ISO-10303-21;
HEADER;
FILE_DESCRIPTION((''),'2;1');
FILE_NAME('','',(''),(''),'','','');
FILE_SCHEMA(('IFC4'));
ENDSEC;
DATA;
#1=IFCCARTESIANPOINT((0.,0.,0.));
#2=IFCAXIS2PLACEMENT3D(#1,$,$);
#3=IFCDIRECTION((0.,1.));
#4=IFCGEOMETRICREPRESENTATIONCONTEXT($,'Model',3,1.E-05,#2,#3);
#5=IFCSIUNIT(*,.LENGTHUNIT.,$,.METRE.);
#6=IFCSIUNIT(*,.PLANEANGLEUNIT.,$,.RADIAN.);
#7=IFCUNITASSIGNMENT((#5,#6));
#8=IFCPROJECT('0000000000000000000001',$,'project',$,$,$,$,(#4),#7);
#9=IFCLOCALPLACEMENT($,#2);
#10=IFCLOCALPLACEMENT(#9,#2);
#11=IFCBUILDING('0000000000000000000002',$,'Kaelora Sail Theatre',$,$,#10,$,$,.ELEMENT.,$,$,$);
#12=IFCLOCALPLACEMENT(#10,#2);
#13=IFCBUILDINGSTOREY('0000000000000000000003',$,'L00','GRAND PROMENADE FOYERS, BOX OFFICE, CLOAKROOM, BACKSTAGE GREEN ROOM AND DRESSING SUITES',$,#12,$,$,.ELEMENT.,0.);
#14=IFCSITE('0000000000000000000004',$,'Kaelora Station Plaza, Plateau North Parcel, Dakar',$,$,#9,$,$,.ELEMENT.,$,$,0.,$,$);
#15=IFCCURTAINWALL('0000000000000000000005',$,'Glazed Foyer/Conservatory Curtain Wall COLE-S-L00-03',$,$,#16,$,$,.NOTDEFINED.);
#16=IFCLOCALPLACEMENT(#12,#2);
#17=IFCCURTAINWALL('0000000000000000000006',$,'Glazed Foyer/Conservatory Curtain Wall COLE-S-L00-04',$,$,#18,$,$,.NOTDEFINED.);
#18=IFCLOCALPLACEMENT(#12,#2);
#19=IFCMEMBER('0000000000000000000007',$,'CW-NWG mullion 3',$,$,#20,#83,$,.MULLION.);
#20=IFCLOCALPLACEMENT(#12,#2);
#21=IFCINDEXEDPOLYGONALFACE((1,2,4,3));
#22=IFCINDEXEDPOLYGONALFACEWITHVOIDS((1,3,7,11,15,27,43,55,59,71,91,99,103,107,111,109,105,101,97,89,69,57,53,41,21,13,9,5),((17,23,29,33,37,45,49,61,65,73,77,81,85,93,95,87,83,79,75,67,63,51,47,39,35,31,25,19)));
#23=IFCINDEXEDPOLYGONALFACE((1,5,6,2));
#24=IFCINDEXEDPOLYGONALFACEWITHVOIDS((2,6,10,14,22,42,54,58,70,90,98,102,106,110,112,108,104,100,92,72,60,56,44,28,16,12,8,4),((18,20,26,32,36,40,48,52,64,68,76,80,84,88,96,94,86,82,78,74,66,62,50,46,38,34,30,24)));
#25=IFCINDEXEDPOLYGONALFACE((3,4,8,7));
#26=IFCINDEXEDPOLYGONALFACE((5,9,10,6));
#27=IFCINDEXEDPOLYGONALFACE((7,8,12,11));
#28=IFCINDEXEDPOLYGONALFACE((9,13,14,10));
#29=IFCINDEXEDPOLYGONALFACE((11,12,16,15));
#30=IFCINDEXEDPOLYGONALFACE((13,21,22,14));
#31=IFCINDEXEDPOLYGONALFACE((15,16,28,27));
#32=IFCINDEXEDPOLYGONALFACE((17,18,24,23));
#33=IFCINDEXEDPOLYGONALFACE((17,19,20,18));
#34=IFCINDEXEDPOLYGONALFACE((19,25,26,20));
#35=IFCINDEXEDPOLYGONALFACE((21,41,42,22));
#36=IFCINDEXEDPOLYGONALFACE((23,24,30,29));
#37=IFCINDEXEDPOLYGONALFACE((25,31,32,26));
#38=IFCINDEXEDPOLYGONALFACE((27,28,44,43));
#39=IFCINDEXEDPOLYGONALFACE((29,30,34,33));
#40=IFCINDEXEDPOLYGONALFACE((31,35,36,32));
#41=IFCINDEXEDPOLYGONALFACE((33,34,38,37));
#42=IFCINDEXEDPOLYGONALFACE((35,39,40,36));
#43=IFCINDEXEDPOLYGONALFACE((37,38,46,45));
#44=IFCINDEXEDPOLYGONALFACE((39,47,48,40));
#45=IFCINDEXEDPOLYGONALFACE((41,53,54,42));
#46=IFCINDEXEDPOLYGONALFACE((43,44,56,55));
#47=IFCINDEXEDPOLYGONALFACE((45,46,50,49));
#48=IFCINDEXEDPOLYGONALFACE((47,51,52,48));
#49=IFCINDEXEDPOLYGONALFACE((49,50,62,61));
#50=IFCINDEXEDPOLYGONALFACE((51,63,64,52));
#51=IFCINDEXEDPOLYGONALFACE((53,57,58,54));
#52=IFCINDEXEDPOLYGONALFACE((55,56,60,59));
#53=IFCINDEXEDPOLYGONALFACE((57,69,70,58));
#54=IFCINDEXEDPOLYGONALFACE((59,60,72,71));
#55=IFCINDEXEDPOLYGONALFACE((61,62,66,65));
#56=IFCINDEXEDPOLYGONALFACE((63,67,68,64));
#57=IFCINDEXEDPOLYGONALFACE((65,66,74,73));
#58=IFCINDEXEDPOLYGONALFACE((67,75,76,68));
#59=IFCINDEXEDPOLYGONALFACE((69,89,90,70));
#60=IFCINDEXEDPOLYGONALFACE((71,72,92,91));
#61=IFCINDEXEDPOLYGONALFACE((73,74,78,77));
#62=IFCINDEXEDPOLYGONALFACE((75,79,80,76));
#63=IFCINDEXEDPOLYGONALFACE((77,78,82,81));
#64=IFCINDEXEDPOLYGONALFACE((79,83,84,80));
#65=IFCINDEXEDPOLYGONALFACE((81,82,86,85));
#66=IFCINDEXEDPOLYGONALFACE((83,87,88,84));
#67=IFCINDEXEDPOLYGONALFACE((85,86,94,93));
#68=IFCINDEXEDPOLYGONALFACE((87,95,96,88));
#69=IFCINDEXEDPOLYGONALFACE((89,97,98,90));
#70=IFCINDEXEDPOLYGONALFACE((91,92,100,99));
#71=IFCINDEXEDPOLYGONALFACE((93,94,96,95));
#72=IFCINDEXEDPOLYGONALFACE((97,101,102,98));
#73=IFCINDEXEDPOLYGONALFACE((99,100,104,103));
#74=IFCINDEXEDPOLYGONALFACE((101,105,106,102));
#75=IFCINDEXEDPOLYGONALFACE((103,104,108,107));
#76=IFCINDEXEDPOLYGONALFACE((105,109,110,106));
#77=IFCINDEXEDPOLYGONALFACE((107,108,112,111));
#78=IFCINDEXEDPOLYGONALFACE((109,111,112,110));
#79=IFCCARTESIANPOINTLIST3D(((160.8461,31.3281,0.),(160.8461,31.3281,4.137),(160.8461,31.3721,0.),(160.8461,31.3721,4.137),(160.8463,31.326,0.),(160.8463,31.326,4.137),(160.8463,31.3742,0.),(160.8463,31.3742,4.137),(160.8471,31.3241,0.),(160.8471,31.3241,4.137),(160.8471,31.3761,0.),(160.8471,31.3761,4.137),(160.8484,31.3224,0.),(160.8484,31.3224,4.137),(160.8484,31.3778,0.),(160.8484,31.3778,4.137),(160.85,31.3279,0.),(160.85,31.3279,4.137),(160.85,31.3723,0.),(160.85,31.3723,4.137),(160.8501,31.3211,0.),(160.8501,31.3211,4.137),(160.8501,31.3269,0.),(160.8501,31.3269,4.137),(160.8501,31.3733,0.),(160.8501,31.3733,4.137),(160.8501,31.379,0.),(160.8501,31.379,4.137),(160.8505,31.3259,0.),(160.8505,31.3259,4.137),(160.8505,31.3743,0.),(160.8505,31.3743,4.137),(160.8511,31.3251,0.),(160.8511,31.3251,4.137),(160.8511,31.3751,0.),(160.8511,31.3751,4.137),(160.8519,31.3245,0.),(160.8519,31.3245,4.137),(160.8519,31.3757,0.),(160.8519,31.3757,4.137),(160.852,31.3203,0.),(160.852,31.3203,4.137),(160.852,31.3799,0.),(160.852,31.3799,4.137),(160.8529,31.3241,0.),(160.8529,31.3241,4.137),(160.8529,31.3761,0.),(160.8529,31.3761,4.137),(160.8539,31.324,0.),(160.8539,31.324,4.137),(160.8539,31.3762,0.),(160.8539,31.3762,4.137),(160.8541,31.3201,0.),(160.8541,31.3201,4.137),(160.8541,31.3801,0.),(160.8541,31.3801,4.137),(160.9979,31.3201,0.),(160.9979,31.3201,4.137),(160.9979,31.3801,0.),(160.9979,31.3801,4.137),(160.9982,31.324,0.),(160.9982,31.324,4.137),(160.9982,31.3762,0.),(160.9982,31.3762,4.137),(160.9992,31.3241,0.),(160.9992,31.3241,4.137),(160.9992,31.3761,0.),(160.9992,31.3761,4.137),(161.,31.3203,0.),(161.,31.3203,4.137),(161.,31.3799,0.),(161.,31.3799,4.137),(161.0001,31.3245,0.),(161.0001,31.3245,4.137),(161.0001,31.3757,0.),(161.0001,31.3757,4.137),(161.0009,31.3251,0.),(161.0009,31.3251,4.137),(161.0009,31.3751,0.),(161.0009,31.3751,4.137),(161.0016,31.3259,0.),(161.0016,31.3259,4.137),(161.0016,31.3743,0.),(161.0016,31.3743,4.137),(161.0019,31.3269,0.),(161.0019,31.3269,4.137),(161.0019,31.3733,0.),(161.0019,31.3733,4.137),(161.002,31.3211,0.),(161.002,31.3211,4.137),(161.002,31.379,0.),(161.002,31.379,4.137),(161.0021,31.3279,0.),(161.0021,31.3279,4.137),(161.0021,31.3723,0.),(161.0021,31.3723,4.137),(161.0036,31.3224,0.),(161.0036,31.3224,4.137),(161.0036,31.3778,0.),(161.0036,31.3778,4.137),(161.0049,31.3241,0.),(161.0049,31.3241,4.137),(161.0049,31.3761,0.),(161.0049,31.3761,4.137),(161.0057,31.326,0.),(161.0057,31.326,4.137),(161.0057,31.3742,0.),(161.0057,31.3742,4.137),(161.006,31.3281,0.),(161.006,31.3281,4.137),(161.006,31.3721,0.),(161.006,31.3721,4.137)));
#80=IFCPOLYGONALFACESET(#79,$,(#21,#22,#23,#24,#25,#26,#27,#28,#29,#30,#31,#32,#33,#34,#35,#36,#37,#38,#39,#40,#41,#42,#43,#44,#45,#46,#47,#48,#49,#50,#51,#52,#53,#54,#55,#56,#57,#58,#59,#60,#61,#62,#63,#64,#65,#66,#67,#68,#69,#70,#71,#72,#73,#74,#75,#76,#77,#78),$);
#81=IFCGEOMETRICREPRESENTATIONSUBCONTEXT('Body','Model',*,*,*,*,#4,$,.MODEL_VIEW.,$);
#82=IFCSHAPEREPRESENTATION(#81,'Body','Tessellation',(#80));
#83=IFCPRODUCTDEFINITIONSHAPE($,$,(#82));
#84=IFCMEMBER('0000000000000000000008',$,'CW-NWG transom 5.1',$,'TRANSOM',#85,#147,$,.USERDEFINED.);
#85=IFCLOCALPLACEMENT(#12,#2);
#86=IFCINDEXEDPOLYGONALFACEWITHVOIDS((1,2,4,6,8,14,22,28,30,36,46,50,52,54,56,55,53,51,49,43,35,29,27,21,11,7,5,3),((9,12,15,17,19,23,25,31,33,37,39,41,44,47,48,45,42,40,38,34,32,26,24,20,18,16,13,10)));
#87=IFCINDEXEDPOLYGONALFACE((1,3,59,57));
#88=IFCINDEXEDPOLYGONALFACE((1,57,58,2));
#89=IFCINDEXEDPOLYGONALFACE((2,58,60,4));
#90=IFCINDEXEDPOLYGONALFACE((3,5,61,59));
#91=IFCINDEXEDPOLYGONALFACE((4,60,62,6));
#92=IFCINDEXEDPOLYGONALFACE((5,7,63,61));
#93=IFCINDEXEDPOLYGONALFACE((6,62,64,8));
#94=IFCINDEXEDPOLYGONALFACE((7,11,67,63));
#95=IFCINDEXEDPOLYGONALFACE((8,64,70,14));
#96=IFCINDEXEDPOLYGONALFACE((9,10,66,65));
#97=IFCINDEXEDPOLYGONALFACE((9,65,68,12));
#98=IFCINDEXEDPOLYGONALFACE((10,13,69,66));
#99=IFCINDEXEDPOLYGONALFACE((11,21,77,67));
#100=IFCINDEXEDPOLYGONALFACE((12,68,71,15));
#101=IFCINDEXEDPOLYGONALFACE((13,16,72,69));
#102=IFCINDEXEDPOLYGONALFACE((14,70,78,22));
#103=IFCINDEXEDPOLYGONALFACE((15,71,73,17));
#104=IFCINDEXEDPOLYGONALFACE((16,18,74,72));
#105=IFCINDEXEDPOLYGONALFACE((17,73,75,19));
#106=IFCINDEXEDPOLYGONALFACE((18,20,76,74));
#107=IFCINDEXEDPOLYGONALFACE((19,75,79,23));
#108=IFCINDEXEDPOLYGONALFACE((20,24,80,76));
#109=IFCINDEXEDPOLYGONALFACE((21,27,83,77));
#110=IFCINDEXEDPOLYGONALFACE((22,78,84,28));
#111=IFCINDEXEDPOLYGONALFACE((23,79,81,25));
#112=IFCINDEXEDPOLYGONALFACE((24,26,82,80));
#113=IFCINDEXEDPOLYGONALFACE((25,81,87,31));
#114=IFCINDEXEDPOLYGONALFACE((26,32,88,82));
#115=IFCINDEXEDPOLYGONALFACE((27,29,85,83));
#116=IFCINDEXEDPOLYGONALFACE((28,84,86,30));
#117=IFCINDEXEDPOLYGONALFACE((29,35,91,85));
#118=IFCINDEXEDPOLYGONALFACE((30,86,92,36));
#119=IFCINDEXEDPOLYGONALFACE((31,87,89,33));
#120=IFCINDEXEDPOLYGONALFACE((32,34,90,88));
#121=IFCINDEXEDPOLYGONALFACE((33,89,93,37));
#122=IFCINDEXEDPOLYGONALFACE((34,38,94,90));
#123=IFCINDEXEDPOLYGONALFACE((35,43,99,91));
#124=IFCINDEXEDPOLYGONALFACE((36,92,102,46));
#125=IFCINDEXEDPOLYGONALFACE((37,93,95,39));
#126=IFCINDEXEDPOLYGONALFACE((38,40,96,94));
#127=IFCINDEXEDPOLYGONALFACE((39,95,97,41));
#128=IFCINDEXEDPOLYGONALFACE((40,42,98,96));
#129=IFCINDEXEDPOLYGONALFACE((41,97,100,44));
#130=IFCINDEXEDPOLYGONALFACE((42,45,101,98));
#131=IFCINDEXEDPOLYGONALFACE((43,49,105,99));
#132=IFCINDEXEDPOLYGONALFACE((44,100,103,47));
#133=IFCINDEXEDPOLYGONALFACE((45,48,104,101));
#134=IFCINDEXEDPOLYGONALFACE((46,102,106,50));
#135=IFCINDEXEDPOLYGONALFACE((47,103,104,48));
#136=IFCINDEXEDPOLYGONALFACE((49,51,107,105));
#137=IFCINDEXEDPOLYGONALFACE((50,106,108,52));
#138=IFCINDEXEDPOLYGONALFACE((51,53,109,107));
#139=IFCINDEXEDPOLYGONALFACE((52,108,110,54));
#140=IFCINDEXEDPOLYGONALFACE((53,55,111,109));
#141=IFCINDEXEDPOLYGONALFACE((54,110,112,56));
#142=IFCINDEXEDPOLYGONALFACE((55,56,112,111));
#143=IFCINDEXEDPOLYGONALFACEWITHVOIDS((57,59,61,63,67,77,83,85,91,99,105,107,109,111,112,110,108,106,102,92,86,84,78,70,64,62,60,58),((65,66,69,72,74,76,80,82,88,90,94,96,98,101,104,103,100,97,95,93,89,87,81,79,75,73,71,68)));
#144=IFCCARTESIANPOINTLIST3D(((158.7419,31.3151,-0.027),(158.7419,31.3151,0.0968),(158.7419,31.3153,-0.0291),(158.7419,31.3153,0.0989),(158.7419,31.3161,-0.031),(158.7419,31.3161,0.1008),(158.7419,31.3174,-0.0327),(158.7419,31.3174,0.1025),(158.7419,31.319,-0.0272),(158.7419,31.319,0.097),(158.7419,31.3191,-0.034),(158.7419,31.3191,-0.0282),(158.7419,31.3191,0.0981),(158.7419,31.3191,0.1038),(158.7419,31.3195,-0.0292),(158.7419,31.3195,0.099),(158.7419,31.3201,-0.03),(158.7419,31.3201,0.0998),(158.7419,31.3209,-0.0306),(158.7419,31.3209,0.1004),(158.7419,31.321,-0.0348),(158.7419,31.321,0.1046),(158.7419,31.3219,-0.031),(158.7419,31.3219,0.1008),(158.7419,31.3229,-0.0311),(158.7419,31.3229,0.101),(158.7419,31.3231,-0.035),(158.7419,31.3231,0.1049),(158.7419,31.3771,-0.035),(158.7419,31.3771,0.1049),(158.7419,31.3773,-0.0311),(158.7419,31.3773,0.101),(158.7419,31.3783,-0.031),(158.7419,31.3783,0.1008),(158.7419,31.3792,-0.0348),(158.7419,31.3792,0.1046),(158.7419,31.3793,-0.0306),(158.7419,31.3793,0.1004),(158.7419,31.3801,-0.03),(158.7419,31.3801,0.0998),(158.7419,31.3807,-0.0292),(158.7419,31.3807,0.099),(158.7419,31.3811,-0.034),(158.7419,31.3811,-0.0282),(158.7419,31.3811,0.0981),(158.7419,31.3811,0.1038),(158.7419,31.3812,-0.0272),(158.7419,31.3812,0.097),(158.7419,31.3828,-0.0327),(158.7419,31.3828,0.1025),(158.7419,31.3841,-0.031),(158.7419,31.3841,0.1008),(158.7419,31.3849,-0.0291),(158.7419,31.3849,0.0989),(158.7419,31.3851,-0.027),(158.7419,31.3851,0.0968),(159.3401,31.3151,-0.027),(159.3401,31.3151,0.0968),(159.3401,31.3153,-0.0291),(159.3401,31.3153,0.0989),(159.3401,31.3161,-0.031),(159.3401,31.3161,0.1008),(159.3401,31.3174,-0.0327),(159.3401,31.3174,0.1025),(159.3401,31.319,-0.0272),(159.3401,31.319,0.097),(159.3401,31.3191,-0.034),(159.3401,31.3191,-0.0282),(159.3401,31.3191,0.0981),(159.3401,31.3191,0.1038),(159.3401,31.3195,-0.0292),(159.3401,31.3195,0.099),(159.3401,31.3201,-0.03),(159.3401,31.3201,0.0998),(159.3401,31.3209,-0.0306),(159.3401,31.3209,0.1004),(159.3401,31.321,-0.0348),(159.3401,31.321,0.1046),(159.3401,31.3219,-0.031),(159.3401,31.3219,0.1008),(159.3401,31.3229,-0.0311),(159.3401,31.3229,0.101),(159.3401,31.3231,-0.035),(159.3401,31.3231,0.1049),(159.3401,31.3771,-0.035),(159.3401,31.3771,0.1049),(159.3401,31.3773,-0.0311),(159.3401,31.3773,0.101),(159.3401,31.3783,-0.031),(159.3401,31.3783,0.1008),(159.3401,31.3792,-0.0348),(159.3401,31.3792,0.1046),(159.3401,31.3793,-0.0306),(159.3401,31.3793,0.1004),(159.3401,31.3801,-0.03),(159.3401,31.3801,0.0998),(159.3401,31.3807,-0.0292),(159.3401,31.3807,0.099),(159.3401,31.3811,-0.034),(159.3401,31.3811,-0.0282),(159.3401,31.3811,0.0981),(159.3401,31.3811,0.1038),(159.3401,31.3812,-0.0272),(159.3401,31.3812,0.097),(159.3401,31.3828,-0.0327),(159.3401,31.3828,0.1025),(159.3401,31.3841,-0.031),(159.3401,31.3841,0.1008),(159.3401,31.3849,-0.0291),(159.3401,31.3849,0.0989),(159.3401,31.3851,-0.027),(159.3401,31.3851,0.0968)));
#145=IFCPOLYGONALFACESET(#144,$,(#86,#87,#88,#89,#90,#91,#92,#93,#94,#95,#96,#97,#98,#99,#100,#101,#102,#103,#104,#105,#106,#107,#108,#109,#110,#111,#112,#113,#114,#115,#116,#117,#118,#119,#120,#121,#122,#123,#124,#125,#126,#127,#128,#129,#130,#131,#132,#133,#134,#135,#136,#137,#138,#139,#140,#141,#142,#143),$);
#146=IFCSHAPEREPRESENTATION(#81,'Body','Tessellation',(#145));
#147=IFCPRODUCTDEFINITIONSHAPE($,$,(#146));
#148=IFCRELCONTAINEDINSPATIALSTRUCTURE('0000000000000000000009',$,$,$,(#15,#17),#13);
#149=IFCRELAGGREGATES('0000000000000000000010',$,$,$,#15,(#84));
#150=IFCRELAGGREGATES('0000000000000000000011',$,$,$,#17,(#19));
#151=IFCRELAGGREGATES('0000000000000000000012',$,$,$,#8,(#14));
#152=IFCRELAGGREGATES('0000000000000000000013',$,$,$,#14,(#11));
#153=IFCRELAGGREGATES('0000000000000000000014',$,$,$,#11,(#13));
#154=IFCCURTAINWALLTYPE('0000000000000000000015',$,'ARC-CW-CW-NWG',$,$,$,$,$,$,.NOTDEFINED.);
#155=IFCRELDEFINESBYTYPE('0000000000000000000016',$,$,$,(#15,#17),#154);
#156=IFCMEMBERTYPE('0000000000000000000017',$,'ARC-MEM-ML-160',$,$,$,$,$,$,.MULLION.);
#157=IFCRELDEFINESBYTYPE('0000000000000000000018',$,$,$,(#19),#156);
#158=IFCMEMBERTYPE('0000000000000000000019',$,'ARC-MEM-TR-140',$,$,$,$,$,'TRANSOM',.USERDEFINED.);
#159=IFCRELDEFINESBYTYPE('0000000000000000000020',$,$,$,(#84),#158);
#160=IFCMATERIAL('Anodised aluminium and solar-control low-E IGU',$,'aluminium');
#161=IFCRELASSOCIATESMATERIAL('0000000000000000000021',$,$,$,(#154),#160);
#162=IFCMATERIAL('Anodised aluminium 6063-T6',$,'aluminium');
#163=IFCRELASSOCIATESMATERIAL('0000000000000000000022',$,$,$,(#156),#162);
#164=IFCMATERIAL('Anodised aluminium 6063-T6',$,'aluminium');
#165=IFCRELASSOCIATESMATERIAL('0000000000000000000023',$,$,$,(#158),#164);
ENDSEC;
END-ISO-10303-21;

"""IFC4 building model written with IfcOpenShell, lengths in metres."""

from ifc_helpers import new_model, si_unit, direction, frame, origin, origin_2d, place, context, subcontext, project, spatial, hollow_rectangle, extrude, material, material_profile, profile_set, type_object, element, aggregate, save


model = new_model("IFC4")

# Units and contexts
model_context = context("Model", 3, precision=1e-05, world=origin(), true_north=direction((0.0, 1.0)))
body_context = subcontext(model_context, "Body", "Model", "MODEL_VIEW")
ifc_project = project(units=[si_unit("LENGTHUNIT", "METRE"), si_unit("PLANEANGLEUNIT", "RADIAN")], contexts=[model_context])

# Site, building, storey
site_placement = place(None, origin())
site = spatial("IfcSite", under=ifc_project, at=site_placement, Name="Kaelora Station Plaza, Plateau North Parcel, Dakar", CompositionType="ELEMENT", RefElevation=0.0)
building_placement = place(site_placement, origin())
building = spatial("IfcBuilding", under=site, at=building_placement, Name="Kaelora Sail Theatre", CompositionType="ELEMENT")
storey_placement = place(building_placement, origin())
storey = spatial("IfcBuildingStorey", under=building, at=storey_placement, Name="L00", Description="GRAND PROMENADE FOYERS, BOX OFFICE, CLOAKROOM, BACKSTAGE GREEN ROOM AND DRESSING SUITES", CompositionType="ELEMENT", Elevation=0.0)

# Curtain walls, member
ifc_material_1 = material(Name="Anodised aluminium and solar-control low-E IGU", Category="aluminium")
curtain_wall_type = type_object("IfcCurtainWallType", Name="ARC-CW-CW-NWG", PredefinedType="NOTDEFINED", material=ifc_material_1)
curtain_wall_1_placement = place(storey_placement, origin())
curtain_wall_1 = element("IfcCurtainWall", 1, at=curtain_wall_1_placement, inside=storey, type_object=curtain_wall_type, Name="Glazed Foyer/Conservatory Curtain Wall COLE-S-L00-03", PredefinedType="NOTDEFINED")
ifc_material_2 = material(Name="Anodised aluminium 6063-T6", Category="aluminium")
ifc_material_profile_1 = material_profile(ifc_material_2, hollow_rectangle(XDim=0.0601, YDim=0.1599, WallThickness=0.0039, InnerFilletRadius=0.0039, OuterFilletRadius=0.0081, at=origin_2d()), Name="ALU-MULL 60x160x4")
ifc_profile_set_1 = profile_set([ifc_material_profile_1], Name="Anodised aluminium 6063-T6")
member_type_1 = type_object("IfcMemberType", Name="ARC-MEM-ML-160", PredefinedType="MULLION", material=ifc_profile_set_1)
curtain_wall_2_placement = place(storey_placement, origin())
curtain_wall_2 = element("IfcCurtainWall", 2, at=curtain_wall_2_placement, inside=storey, type_object=curtain_wall_type, Name="Glazed Foyer/Conservatory Curtain Wall COLE-S-L00-04", PredefinedType="NOTDEFINED")
member_1_placement = place(storey_placement, frame((160.926, 31.3501, 0.0), z_axis=(0.0, 0.0, 1.0), x_axis=(0.0, 1.0, 0.0)))
member_1 = element("IfcMember", 3, at=member_1_placement, type_object=member_type_1, Name="CW-NWG mullion 3", PredefinedType="MULLION", context=body_context, shape_type="SweptSolid", body=[
    extrude(hollow_rectangle(XDim=0.0601, YDim=0.1599, WallThickness=0.0039, InnerFilletRadius=0.0039, OuterFilletRadius=0.0081, at=origin_2d()), origin(), (0.0, 0.0, 1.0), 4.137),
])

# Member
ifc_material_3 = material(Name="Anodised aluminium 6063-T6", Category="aluminium")
ifc_material_profile_2 = material_profile(ifc_material_3, hollow_rectangle(XDim=0.0701, YDim=0.1399, WallThickness=0.0039, InnerFilletRadius=0.0039, OuterFilletRadius=0.0081, at=origin_2d()), Name="ALU-TRAN 70x140x4")
ifc_profile_set_2 = profile_set([ifc_material_profile_2], Name="Anodised aluminium 6063-T6")
member_type_2 = type_object("IfcMemberType", Name="ARC-MEM-TR-140", ElementType="TRANSOM", PredefinedType="USERDEFINED", material=ifc_profile_set_2)
member_2_placement = place(storey_placement, frame((158.7419, 31.3501, 0.0349), z_axis=(1.0, 0.0, 0.0), x_axis=(0.0, 1.0, 0.0)))
member_2 = element("IfcMember", 4, at=member_2_placement, type_object=member_type_2, Name="CW-NWG transom 5.1", ObjectType="TRANSOM", PredefinedType="USERDEFINED", context=body_context, shape_type="SweptSolid", body=[
    extrude(hollow_rectangle(XDim=0.0701, YDim=0.1399, WallThickness=0.0039, InnerFilletRadius=0.0039, OuterFilletRadius=0.0081, at=origin_2d()), origin(), (0.0, 0.0, 1.0), 0.5981),
])

aggregate(curtain_wall_1, [member_2])
aggregate(curtain_wall_2, [member_1])

save(model, "model.ifc")
